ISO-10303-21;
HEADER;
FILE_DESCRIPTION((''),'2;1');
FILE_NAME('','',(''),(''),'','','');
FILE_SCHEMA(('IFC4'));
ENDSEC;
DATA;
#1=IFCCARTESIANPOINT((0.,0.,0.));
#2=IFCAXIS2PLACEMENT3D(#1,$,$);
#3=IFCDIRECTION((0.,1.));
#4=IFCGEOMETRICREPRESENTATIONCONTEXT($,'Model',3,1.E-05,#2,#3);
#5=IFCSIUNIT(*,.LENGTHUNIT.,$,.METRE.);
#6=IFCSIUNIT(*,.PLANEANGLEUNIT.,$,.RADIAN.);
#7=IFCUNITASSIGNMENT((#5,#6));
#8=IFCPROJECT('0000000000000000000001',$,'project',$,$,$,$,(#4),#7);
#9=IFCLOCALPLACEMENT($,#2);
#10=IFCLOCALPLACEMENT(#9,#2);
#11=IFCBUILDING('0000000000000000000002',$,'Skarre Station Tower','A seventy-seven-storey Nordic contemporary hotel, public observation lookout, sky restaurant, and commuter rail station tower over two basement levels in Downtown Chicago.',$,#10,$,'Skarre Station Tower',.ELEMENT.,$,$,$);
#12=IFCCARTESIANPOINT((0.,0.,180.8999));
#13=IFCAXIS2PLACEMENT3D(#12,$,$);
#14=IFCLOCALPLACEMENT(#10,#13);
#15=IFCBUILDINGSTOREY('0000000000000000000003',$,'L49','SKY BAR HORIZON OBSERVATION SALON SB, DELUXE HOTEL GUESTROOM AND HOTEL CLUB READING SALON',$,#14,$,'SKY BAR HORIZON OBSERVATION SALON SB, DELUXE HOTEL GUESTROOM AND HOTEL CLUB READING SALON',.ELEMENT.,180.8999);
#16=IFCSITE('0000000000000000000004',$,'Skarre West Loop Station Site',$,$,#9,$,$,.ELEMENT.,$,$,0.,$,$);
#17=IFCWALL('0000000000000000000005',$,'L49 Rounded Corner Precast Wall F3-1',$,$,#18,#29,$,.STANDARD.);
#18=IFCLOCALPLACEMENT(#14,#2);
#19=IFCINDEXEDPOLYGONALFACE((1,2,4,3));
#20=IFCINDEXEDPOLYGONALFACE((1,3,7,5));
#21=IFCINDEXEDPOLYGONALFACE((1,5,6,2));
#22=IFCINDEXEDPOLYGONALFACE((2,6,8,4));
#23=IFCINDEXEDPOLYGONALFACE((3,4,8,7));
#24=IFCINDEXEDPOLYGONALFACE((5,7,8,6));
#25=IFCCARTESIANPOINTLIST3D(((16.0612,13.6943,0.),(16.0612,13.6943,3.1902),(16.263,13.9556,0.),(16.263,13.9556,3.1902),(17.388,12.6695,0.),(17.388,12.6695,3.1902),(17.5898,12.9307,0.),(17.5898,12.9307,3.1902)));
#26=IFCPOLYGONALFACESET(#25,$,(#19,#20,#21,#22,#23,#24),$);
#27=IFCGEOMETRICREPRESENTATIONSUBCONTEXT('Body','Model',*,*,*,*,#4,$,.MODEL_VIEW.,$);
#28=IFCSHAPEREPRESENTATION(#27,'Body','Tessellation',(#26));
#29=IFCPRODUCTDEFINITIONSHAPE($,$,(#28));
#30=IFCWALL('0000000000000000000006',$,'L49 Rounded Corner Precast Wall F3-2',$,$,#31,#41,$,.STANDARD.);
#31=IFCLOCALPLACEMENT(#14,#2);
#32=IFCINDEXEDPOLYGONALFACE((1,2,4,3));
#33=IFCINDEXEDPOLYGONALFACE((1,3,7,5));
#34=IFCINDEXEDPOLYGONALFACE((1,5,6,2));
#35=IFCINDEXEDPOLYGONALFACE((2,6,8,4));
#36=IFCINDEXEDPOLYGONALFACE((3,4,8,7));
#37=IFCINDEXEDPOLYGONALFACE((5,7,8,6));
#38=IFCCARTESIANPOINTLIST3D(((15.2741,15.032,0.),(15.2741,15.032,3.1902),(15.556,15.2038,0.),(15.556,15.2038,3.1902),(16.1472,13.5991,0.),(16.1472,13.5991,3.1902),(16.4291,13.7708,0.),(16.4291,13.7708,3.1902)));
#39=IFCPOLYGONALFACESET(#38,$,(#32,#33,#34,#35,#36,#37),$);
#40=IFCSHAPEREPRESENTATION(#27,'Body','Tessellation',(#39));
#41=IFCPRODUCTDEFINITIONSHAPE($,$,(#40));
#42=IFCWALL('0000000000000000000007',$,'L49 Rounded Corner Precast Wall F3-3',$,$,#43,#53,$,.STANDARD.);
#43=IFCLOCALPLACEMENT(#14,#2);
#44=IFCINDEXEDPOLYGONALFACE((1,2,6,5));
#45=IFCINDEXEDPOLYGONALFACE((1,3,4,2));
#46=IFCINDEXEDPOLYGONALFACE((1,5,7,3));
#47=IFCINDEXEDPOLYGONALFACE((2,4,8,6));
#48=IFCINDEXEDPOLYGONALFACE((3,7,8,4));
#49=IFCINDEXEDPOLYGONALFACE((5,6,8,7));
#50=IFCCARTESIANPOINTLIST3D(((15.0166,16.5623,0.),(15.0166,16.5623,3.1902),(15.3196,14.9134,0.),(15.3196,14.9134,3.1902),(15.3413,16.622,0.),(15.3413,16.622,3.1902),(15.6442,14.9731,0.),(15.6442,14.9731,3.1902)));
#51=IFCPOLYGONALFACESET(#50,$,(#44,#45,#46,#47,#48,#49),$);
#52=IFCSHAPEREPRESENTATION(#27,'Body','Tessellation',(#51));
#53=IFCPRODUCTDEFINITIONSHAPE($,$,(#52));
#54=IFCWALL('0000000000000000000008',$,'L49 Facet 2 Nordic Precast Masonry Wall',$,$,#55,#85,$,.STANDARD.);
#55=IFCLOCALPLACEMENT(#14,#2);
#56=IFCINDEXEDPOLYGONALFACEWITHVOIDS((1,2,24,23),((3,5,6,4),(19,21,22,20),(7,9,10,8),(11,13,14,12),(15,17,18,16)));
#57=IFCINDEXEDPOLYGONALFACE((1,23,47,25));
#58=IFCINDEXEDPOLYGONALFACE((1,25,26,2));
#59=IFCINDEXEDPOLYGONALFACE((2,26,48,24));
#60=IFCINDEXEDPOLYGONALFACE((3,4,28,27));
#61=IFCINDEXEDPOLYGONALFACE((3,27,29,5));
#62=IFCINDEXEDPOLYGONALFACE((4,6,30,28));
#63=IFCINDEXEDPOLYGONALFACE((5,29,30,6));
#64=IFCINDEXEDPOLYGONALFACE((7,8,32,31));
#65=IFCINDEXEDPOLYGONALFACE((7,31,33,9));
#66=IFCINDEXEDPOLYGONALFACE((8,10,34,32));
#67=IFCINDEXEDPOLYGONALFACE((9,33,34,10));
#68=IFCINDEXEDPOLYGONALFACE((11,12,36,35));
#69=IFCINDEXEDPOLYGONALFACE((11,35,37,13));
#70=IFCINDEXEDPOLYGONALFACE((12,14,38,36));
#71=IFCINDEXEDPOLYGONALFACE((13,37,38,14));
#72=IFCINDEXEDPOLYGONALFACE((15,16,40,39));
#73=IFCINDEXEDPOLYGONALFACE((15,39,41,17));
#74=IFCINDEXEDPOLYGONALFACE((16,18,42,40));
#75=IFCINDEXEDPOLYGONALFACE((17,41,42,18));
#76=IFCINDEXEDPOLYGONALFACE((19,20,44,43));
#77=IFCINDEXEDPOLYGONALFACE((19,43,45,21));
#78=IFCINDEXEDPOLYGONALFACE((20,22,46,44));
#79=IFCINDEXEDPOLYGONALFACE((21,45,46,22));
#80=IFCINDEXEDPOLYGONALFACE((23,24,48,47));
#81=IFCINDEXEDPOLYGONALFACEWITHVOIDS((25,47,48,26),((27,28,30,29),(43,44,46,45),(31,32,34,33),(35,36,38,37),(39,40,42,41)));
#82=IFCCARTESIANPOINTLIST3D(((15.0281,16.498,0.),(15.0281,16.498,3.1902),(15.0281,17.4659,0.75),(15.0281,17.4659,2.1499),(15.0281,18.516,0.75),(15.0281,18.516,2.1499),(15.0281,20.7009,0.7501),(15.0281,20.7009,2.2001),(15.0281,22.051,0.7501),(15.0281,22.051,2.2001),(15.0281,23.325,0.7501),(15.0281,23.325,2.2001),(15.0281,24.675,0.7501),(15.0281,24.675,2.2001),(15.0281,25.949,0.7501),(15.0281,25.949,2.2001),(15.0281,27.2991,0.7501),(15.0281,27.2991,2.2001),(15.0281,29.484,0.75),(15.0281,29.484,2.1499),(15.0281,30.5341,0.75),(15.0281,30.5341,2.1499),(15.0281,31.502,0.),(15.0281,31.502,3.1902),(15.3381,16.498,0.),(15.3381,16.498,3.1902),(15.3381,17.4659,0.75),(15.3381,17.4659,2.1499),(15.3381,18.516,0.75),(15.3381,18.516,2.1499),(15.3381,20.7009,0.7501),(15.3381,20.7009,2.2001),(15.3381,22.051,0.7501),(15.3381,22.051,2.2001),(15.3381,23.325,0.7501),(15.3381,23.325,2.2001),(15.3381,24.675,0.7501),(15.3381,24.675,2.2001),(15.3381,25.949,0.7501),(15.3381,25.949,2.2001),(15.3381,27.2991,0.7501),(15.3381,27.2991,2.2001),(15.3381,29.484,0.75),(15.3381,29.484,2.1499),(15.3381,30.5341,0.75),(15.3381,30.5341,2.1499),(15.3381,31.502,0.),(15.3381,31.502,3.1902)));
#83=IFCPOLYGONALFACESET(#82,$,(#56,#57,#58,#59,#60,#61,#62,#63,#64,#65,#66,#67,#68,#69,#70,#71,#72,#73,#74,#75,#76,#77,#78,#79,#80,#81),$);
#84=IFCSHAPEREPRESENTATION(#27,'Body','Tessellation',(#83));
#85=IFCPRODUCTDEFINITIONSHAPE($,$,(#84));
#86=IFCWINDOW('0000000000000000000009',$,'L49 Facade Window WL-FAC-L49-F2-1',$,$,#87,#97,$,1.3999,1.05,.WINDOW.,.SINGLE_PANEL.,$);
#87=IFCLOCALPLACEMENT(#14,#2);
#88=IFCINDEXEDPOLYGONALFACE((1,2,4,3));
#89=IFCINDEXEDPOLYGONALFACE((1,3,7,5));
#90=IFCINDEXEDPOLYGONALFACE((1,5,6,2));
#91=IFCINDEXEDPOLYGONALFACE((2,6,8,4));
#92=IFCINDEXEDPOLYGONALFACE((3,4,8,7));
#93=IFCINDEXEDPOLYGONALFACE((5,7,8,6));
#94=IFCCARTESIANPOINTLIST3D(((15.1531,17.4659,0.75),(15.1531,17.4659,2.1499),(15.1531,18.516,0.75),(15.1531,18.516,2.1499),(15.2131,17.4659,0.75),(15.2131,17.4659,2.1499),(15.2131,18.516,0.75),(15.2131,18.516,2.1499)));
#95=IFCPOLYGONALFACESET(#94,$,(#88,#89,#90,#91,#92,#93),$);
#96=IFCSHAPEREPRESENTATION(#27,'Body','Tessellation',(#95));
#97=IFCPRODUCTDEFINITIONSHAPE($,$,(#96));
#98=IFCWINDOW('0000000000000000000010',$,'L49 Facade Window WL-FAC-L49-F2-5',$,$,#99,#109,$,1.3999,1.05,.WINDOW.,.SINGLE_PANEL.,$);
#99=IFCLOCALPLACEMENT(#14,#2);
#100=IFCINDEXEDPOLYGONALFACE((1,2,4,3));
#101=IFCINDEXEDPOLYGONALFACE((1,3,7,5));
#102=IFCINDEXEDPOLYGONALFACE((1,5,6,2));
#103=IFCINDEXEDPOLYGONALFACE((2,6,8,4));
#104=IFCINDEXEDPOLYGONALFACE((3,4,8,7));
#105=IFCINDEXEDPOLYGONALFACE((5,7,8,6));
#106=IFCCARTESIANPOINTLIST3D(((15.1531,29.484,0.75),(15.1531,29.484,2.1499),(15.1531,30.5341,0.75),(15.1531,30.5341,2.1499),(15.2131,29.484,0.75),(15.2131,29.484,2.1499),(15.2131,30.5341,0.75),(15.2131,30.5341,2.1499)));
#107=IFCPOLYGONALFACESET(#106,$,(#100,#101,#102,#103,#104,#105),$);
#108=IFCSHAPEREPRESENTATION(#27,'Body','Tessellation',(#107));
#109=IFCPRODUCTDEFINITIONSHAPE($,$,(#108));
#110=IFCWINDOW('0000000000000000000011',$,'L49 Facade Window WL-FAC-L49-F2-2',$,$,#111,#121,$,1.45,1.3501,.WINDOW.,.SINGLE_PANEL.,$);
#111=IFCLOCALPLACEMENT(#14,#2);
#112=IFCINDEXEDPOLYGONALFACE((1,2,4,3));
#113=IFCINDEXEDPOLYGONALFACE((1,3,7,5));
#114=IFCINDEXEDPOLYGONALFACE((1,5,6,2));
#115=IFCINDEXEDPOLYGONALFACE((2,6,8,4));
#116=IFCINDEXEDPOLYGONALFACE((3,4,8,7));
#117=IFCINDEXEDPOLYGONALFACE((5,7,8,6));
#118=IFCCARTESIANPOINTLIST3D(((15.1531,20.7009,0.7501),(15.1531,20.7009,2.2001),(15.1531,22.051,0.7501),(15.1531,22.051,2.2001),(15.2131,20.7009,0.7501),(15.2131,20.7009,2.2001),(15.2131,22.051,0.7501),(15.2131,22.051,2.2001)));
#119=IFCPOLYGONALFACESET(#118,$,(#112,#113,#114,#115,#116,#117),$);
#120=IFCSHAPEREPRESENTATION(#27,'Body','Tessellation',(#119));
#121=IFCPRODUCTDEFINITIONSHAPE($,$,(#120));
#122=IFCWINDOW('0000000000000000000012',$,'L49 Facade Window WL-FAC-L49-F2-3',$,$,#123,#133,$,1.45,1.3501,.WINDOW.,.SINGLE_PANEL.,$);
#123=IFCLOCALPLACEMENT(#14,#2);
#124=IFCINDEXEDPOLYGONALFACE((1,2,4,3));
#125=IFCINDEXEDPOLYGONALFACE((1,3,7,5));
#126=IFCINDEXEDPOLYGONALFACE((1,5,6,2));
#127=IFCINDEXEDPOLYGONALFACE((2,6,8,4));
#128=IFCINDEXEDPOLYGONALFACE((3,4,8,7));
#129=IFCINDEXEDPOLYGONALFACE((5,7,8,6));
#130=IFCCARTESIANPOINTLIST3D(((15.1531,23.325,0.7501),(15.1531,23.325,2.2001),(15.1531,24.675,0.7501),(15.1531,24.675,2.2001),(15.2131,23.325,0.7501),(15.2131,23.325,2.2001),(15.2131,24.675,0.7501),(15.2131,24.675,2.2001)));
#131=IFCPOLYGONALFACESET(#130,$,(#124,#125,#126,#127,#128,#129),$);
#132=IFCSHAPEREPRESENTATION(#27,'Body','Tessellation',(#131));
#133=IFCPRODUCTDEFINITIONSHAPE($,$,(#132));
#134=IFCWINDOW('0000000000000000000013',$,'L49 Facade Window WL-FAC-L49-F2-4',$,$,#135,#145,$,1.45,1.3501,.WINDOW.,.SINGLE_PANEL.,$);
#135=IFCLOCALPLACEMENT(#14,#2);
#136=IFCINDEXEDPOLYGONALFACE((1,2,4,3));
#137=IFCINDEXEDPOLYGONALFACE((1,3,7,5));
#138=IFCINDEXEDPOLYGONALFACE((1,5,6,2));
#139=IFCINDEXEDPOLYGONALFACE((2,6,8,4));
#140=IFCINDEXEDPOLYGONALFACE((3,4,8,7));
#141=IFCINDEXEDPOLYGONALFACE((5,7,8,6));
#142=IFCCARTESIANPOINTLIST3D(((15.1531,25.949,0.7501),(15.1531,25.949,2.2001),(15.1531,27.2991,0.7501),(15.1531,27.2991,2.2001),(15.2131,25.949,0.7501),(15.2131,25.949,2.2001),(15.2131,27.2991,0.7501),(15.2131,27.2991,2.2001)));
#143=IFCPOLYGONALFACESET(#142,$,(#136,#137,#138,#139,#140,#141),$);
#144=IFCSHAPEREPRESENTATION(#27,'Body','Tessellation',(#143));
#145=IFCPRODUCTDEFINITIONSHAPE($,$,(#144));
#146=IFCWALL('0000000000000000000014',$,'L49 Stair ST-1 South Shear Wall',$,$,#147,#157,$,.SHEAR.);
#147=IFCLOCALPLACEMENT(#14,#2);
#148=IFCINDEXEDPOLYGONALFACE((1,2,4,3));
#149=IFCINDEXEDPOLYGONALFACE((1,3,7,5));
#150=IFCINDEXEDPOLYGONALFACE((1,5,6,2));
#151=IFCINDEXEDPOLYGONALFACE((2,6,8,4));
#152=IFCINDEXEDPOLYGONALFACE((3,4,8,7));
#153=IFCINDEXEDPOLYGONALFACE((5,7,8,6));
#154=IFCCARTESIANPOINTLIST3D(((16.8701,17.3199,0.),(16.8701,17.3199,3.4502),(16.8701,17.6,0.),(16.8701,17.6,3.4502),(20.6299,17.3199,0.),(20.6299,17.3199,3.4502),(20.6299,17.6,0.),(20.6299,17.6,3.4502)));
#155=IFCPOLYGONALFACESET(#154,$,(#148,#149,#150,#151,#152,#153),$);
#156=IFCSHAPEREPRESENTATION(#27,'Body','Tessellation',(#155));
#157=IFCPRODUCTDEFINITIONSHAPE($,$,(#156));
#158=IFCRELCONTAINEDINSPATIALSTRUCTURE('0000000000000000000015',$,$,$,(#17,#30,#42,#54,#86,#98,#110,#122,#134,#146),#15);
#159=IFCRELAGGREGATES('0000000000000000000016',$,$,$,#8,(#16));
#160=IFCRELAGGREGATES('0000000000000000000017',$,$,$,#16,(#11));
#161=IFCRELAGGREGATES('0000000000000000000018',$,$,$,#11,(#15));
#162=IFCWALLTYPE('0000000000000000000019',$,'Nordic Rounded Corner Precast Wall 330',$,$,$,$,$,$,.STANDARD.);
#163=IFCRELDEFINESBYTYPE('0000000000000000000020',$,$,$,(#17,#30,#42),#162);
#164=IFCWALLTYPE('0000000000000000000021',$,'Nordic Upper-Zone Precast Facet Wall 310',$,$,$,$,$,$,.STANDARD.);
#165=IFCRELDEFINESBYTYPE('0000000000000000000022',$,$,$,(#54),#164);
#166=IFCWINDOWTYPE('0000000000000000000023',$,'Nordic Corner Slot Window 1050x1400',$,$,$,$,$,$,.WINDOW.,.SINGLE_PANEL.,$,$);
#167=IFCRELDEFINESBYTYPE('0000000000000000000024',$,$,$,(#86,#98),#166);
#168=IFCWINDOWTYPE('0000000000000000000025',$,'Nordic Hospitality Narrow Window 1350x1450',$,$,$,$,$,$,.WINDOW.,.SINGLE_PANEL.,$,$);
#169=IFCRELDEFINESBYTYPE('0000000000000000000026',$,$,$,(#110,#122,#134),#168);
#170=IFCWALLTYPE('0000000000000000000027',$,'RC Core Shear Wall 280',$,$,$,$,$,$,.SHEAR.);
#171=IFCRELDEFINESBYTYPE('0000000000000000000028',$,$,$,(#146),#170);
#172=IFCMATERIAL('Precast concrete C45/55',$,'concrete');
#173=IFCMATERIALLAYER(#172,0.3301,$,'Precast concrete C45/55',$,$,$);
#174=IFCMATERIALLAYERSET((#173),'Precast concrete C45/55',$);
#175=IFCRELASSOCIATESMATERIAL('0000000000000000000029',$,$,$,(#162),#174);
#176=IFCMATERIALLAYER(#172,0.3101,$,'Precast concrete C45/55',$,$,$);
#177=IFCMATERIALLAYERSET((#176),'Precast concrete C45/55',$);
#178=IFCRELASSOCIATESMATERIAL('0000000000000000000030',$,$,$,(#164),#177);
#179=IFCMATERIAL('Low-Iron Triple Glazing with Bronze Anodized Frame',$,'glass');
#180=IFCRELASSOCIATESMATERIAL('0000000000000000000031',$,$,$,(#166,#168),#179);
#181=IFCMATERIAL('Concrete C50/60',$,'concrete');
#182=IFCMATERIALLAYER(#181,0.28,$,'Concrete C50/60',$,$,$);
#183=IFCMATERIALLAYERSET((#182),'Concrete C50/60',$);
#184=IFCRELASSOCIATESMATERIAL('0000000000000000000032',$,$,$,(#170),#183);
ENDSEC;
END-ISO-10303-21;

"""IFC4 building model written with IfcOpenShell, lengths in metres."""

from ifc_helpers import new_model, si_unit, direction, frame, frame_2d, origin, place, context, subcontext, project, spatial, rectangle, extrude, material, layer, layer_set, type_object, element, fill, save


model = new_model("IFC4")

# Units and contexts
model_context = context("Model", 3, precision=1e-05, world=origin(), true_north=direction((0.0, 1.0)))
body_context = subcontext(model_context, "Body", "Model", "MODEL_VIEW")
ifc_project = project(units=[si_unit("LENGTHUNIT", "METRE"), si_unit("PLANEANGLEUNIT", "RADIAN")], contexts=[model_context])

# Site, building, storey
site_placement = place(None, origin())
site = spatial("IfcSite", under=ifc_project, at=site_placement, Name="Skarre West Loop Station Site", CompositionType="ELEMENT", RefElevation=0.0)
building_placement = place(site_placement, origin())
building = spatial("IfcBuilding", under=site, at=building_placement, Name="Skarre Station Tower", Description="A seventy-seven-storey Nordic contemporary hotel, public observation lookout, sky restaurant, and commuter rail station tower over two basement levels in Downtown Chicago.", LongName="Skarre Station Tower", CompositionType="ELEMENT")
storey_placement = place(building_placement, frame((0.0, 0.0, 180.8999)))
storey = spatial("IfcBuildingStorey", under=building, at=storey_placement, Name="L49", Description="SKY BAR HORIZON OBSERVATION SALON SB, DELUXE HOTEL GUESTROOM AND HOTEL CLUB READING SALON", LongName="SKY BAR HORIZON OBSERVATION SALON SB, DELUXE HOTEL GUESTROOM AND HOTEL CLUB READING SALON", CompositionType="ELEMENT", Elevation=180.8999)

# Walls
ifc_material_1 = material(Name="Precast concrete C45/55", Category="concrete")
ifc_layer_1 = layer(ifc_material_1, 0.3301, Name="Precast concrete C45/55")
ifc_layer_set_1 = layer_set([ifc_layer_1], Name="Precast concrete C45/55")
wall_type_1 = type_object("IfcWallType", Name="Nordic Rounded Corner Precast Wall 330", PredefinedType="STANDARD", material=ifc_layer_set_1)
wall_1_placement = place(storey_placement, frame((17.489, 12.8, 0.0), z_axis=(0.0, 0.0, 1.0), x_axis=(-0.79141, 0.611286, 0.0)))
element("IfcWall", 1, at=wall_1_placement, inside=storey, type_object=wall_type_1, Name="L49 Rounded Corner Precast Wall F3-1", PredefinedType="STANDARD", context=body_context, shape_type="SweptSolid", body=[
    extrude(rectangle(XDim=1.6765, YDim=0.3301, at=frame_2d((0.8384, 0.0))), origin(), (0.0, 0.0, 1.0), 3.1902),
])
wall_2_placement = place(storey_placement, frame((16.2881, 13.6851, 0.0), z_axis=(0.0, 0.0, 1.0), x_axis=(-0.520325, 0.853968, 0.0)))
element("IfcWall", 2, at=wall_2_placement, inside=storey, type_object=wall_type_1, Name="L49 Rounded Corner Precast Wall F3-2", PredefinedType="STANDARD", context=body_context, shape_type="SweptSolid", body=[
    extrude(rectangle(XDim=1.678, YDim=0.3301, at=frame_2d((0.8389, 0.0))), origin(), (0.0, 0.0, 1.0), 3.1902),
])
wall_3_placement = place(storey_placement, frame((15.4819, 14.9431, 0.0), z_axis=(0.0, 0.0, 1.0), x_axis=(-0.180718, 0.983535, 0.0)))
element("IfcWall", 3, at=wall_3_placement, inside=storey, type_object=wall_type_1, Name="L49 Rounded Corner Precast Wall F3-3", PredefinedType="STANDARD", context=body_context, shape_type="SweptSolid", body=[
    extrude(rectangle(XDim=1.6765, YDim=0.3301, at=frame_2d((0.8384, 0.0))), origin(), (0.0, 0.0, 1.0), 3.1902),
])

# Wall, openings, windows
ifc_layer_2 = layer(ifc_material_1, 0.3101, Name="Precast concrete C45/55")
ifc_layer_set_2 = layer_set([ifc_layer_2], Name="Precast concrete C45/55")
wall_type_2 = type_object("IfcWallType", Name="Nordic Upper-Zone Precast Facet Wall 310", PredefinedType="STANDARD", material=ifc_layer_set_2)
wall_4_placement = place(storey_placement, frame((15.1831, 16.498, 0.0), z_axis=(0.0, 0.0, 1.0), x_axis=(0.0, 1.0, 0.0)))
wall_4 = element("IfcWall", 4, at=wall_4_placement, inside=storey, type_object=wall_type_2, Name="L49 Facet 2 Nordic Precast Masonry Wall", PredefinedType="STANDARD", context=body_context, shape_type="SweptSolid", body=[
    extrude(rectangle(XDim=15.0039, YDim=0.3101, at=frame_2d((7.502, 0.0))), origin(), (0.0, 0.0, 1.0), 3.1902),
])
opening_1_placement = place(wall_4_placement, frame((0.968, 0.0, 0.75)))
opening_1 = element("IfcOpeningElement", 5, at=opening_1_placement, cuts=wall_4, PredefinedType="OPENING", context=body_context, shape_type="SweptSolid", body=[
    extrude(rectangle(XDim=1.05, YDim=1.3999, at=frame_2d((0.5249, 0.7))), frame((0.0, 0.165, 0.0), z_axis=(0.0, -1.0, 0.0), x_axis=(1.0, 0.0, 0.0)), (0.0, 0.0, 1.0), 0.3301),
])
opening_2_placement = place(wall_4_placement, frame((4.2029, 0.0, 0.75)))
opening_2 = element("IfcOpeningElement", 6, at=opening_2_placement, cuts=wall_4, PredefinedType="OPENING", context=body_context, shape_type="SweptSolid", body=[
    extrude(rectangle(XDim=1.3501, YDim=1.45, at=frame_2d((0.675, 0.7251))), frame((0.0, 0.165, 0.0), z_axis=(0.0, -1.0, 0.0), x_axis=(1.0, 0.0, 0.0)), (0.0, 0.0, 1.0), 0.3301),
])
opening_3_placement = place(wall_4_placement, frame((6.8269, 0.0, 0.75)))
opening_3 = element("IfcOpeningElement", 7, at=opening_3_placement, cuts=wall_4, PredefinedType="OPENING", context=body_context, shape_type="SweptSolid", body=[
    extrude(rectangle(XDim=1.3501, YDim=1.45, at=frame_2d((0.675, 0.7251))), frame((0.0, 0.165, 0.0), z_axis=(0.0, -1.0, 0.0), x_axis=(1.0, 0.0, 0.0)), (0.0, 0.0, 1.0), 0.3301),
])
opening_4_placement = place(wall_4_placement, frame((9.4509, 0.0, 0.75)))
opening_4 = element("IfcOpeningElement", 8, at=opening_4_placement, cuts=wall_4, PredefinedType="OPENING", context=body_context, shape_type="SweptSolid", body=[
    extrude(rectangle(XDim=1.3501, YDim=1.45, at=frame_2d((0.675, 0.7251))), frame((0.0, 0.165, 0.0), z_axis=(0.0, -1.0, 0.0), x_axis=(1.0, 0.0, 0.0)), (0.0, 0.0, 1.0), 0.3301),
])
opening_5_placement = place(wall_4_placement, frame((12.9861, 0.0, 0.75)))
opening_5 = element("IfcOpeningElement", 9, at=opening_5_placement, cuts=wall_4, PredefinedType="OPENING", context=body_context, shape_type="SweptSolid", body=[
    extrude(rectangle(XDim=1.05, YDim=1.3999, at=frame_2d((0.5249, 0.7))), frame((0.0, 0.165, 0.0), z_axis=(0.0, -1.0, 0.0), x_axis=(1.0, 0.0, 0.0)), (0.0, 0.0, 1.0), 0.3301),
])
ifc_material_2 = material(Name="Low-Iron Triple Glazing with Bronze Anodized Frame", Category="glass")
window_type_1 = type_object("IfcWindowType", Name="Nordic Corner Slot Window 1050x1400", PartitioningType="SINGLE_PANEL", PredefinedType="WINDOW", material=ifc_material_2)
window_1_placement = place(opening_1_placement, origin())
window_1 = element("IfcWindow", 10, at=window_1_placement, inside=storey, type_object=window_type_1, Name="L49 Facade Window WL-FAC-L49-F2-1", OverallHeight=1.3999, OverallWidth=1.05, PartitioningType="SINGLE_PANEL", PredefinedType="WINDOW", context=body_context, shape_type="SweptSolid", body=[
    extrude(rectangle(XDim=1.05, YDim=1.3999, at=frame_2d((0.5249, 0.7))), frame((0.0, 0.03, 0.0), z_axis=(0.0, -1.0, 0.0), x_axis=(1.0, 0.0, 0.0)), (0.0, 0.0, 1.0), 0.0601),
])
fill(opening_1, window_1)
window_2_placement = place(opening_5_placement, origin())
window_2 = element("IfcWindow", 11, at=window_2_placement, inside=storey, type_object=window_type_1, Name="L49 Facade Window WL-FAC-L49-F2-5", OverallHeight=1.3999, OverallWidth=1.05, PartitioningType="SINGLE_PANEL", PredefinedType="WINDOW", context=body_context, shape_type="SweptSolid", body=[
    extrude(rectangle(XDim=1.05, YDim=1.3999, at=frame_2d((0.5249, 0.7))), frame((0.0, 0.03, 0.0), z_axis=(0.0, -1.0, 0.0), x_axis=(1.0, 0.0, 0.0)), (0.0, 0.0, 1.0), 0.0601),
])
fill(opening_5, window_2)
window_type_2 = type_object("IfcWindowType", Name="Nordic Hospitality Narrow Window 1350x1450", PartitioningType="SINGLE_PANEL", PredefinedType="WINDOW", material=ifc_material_2)
window_3_placement = place(opening_2_placement, origin())
window_3 = element("IfcWindow", 12, at=window_3_placement, inside=storey, type_object=window_type_2, Name="L49 Facade Window WL-FAC-L49-F2-2", OverallHeight=1.45, OverallWidth=1.3501, PartitioningType="SINGLE_PANEL", PredefinedType="WINDOW", context=body_context, shape_type="SweptSolid", body=[
    extrude(rectangle(XDim=1.3501, YDim=1.45, at=frame_2d((0.675, 0.7251))), frame((0.0, 0.03, 0.0), z_axis=(0.0, -1.0, 0.0), x_axis=(1.0, 0.0, 0.0)), (0.0, 0.0, 1.0), 0.0601),
])
fill(opening_2, window_3)
window_4_placement = place(opening_3_placement, origin())
window_4 = element("IfcWindow", 13, at=window_4_placement, inside=storey, type_object=window_type_2, Name="L49 Facade Window WL-FAC-L49-F2-3", OverallHeight=1.45, OverallWidth=1.3501, PartitioningType="SINGLE_PANEL", PredefinedType="WINDOW", context=body_context, shape_type="SweptSolid", body=[
    extrude(rectangle(XDim=1.3501, YDim=1.45, at=frame_2d((0.675, 0.7251))), frame((0.0, 0.03, 0.0), z_axis=(0.0, -1.0, 0.0), x_axis=(1.0, 0.0, 0.0)), (0.0, 0.0, 1.0), 0.0601),
])
fill(opening_3, window_4)
window_5_placement = place(opening_4_placement, origin())
window_5 = element("IfcWindow", 14, at=window_5_placement, inside=storey, type_object=window_type_2, Name="L49 Facade Window WL-FAC-L49-F2-4", OverallHeight=1.45, OverallWidth=1.3501, PartitioningType="SINGLE_PANEL", PredefinedType="WINDOW", context=body_context, shape_type="SweptSolid", body=[
    extrude(rectangle(XDim=1.3501, YDim=1.45, at=frame_2d((0.675, 0.7251))), frame((0.0, 0.03, 0.0), z_axis=(0.0, -1.0, 0.0), x_axis=(1.0, 0.0, 0.0)), (0.0, 0.0, 1.0), 0.0601),
])
fill(opening_4, window_5)

# Wall
ifc_material_3 = material(Name="Concrete C50/60", Category="concrete")
ifc_layer_3 = layer(ifc_material_3, 0.28, Name="Concrete C50/60")
ifc_layer_set_3 = layer_set([ifc_layer_3], Name="Concrete C50/60")
wall_type_3 = type_object("IfcWallType", Name="RC Core Shear Wall 280", PredefinedType="SHEAR", material=ifc_layer_set_3)
wall_5_placement = place(storey_placement, frame((16.8701, 17.46, 0.0), z_axis=(0.0, 0.0, 1.0), x_axis=(1.0, 0.0, 0.0)))
element("IfcWall", 15, at=wall_5_placement, inside=storey, type_object=wall_type_3, Name="L49 Stair ST-1 South Shear Wall", PredefinedType="SHEAR", context=body_context, shape_type="SweptSolid", body=[
    extrude(rectangle(XDim=3.7598, YDim=0.28, at=frame_2d((1.8799, 0.0))), origin(), (0.0, 0.0, 1.0), 3.4502),
])

save(model, "model.ifc")
